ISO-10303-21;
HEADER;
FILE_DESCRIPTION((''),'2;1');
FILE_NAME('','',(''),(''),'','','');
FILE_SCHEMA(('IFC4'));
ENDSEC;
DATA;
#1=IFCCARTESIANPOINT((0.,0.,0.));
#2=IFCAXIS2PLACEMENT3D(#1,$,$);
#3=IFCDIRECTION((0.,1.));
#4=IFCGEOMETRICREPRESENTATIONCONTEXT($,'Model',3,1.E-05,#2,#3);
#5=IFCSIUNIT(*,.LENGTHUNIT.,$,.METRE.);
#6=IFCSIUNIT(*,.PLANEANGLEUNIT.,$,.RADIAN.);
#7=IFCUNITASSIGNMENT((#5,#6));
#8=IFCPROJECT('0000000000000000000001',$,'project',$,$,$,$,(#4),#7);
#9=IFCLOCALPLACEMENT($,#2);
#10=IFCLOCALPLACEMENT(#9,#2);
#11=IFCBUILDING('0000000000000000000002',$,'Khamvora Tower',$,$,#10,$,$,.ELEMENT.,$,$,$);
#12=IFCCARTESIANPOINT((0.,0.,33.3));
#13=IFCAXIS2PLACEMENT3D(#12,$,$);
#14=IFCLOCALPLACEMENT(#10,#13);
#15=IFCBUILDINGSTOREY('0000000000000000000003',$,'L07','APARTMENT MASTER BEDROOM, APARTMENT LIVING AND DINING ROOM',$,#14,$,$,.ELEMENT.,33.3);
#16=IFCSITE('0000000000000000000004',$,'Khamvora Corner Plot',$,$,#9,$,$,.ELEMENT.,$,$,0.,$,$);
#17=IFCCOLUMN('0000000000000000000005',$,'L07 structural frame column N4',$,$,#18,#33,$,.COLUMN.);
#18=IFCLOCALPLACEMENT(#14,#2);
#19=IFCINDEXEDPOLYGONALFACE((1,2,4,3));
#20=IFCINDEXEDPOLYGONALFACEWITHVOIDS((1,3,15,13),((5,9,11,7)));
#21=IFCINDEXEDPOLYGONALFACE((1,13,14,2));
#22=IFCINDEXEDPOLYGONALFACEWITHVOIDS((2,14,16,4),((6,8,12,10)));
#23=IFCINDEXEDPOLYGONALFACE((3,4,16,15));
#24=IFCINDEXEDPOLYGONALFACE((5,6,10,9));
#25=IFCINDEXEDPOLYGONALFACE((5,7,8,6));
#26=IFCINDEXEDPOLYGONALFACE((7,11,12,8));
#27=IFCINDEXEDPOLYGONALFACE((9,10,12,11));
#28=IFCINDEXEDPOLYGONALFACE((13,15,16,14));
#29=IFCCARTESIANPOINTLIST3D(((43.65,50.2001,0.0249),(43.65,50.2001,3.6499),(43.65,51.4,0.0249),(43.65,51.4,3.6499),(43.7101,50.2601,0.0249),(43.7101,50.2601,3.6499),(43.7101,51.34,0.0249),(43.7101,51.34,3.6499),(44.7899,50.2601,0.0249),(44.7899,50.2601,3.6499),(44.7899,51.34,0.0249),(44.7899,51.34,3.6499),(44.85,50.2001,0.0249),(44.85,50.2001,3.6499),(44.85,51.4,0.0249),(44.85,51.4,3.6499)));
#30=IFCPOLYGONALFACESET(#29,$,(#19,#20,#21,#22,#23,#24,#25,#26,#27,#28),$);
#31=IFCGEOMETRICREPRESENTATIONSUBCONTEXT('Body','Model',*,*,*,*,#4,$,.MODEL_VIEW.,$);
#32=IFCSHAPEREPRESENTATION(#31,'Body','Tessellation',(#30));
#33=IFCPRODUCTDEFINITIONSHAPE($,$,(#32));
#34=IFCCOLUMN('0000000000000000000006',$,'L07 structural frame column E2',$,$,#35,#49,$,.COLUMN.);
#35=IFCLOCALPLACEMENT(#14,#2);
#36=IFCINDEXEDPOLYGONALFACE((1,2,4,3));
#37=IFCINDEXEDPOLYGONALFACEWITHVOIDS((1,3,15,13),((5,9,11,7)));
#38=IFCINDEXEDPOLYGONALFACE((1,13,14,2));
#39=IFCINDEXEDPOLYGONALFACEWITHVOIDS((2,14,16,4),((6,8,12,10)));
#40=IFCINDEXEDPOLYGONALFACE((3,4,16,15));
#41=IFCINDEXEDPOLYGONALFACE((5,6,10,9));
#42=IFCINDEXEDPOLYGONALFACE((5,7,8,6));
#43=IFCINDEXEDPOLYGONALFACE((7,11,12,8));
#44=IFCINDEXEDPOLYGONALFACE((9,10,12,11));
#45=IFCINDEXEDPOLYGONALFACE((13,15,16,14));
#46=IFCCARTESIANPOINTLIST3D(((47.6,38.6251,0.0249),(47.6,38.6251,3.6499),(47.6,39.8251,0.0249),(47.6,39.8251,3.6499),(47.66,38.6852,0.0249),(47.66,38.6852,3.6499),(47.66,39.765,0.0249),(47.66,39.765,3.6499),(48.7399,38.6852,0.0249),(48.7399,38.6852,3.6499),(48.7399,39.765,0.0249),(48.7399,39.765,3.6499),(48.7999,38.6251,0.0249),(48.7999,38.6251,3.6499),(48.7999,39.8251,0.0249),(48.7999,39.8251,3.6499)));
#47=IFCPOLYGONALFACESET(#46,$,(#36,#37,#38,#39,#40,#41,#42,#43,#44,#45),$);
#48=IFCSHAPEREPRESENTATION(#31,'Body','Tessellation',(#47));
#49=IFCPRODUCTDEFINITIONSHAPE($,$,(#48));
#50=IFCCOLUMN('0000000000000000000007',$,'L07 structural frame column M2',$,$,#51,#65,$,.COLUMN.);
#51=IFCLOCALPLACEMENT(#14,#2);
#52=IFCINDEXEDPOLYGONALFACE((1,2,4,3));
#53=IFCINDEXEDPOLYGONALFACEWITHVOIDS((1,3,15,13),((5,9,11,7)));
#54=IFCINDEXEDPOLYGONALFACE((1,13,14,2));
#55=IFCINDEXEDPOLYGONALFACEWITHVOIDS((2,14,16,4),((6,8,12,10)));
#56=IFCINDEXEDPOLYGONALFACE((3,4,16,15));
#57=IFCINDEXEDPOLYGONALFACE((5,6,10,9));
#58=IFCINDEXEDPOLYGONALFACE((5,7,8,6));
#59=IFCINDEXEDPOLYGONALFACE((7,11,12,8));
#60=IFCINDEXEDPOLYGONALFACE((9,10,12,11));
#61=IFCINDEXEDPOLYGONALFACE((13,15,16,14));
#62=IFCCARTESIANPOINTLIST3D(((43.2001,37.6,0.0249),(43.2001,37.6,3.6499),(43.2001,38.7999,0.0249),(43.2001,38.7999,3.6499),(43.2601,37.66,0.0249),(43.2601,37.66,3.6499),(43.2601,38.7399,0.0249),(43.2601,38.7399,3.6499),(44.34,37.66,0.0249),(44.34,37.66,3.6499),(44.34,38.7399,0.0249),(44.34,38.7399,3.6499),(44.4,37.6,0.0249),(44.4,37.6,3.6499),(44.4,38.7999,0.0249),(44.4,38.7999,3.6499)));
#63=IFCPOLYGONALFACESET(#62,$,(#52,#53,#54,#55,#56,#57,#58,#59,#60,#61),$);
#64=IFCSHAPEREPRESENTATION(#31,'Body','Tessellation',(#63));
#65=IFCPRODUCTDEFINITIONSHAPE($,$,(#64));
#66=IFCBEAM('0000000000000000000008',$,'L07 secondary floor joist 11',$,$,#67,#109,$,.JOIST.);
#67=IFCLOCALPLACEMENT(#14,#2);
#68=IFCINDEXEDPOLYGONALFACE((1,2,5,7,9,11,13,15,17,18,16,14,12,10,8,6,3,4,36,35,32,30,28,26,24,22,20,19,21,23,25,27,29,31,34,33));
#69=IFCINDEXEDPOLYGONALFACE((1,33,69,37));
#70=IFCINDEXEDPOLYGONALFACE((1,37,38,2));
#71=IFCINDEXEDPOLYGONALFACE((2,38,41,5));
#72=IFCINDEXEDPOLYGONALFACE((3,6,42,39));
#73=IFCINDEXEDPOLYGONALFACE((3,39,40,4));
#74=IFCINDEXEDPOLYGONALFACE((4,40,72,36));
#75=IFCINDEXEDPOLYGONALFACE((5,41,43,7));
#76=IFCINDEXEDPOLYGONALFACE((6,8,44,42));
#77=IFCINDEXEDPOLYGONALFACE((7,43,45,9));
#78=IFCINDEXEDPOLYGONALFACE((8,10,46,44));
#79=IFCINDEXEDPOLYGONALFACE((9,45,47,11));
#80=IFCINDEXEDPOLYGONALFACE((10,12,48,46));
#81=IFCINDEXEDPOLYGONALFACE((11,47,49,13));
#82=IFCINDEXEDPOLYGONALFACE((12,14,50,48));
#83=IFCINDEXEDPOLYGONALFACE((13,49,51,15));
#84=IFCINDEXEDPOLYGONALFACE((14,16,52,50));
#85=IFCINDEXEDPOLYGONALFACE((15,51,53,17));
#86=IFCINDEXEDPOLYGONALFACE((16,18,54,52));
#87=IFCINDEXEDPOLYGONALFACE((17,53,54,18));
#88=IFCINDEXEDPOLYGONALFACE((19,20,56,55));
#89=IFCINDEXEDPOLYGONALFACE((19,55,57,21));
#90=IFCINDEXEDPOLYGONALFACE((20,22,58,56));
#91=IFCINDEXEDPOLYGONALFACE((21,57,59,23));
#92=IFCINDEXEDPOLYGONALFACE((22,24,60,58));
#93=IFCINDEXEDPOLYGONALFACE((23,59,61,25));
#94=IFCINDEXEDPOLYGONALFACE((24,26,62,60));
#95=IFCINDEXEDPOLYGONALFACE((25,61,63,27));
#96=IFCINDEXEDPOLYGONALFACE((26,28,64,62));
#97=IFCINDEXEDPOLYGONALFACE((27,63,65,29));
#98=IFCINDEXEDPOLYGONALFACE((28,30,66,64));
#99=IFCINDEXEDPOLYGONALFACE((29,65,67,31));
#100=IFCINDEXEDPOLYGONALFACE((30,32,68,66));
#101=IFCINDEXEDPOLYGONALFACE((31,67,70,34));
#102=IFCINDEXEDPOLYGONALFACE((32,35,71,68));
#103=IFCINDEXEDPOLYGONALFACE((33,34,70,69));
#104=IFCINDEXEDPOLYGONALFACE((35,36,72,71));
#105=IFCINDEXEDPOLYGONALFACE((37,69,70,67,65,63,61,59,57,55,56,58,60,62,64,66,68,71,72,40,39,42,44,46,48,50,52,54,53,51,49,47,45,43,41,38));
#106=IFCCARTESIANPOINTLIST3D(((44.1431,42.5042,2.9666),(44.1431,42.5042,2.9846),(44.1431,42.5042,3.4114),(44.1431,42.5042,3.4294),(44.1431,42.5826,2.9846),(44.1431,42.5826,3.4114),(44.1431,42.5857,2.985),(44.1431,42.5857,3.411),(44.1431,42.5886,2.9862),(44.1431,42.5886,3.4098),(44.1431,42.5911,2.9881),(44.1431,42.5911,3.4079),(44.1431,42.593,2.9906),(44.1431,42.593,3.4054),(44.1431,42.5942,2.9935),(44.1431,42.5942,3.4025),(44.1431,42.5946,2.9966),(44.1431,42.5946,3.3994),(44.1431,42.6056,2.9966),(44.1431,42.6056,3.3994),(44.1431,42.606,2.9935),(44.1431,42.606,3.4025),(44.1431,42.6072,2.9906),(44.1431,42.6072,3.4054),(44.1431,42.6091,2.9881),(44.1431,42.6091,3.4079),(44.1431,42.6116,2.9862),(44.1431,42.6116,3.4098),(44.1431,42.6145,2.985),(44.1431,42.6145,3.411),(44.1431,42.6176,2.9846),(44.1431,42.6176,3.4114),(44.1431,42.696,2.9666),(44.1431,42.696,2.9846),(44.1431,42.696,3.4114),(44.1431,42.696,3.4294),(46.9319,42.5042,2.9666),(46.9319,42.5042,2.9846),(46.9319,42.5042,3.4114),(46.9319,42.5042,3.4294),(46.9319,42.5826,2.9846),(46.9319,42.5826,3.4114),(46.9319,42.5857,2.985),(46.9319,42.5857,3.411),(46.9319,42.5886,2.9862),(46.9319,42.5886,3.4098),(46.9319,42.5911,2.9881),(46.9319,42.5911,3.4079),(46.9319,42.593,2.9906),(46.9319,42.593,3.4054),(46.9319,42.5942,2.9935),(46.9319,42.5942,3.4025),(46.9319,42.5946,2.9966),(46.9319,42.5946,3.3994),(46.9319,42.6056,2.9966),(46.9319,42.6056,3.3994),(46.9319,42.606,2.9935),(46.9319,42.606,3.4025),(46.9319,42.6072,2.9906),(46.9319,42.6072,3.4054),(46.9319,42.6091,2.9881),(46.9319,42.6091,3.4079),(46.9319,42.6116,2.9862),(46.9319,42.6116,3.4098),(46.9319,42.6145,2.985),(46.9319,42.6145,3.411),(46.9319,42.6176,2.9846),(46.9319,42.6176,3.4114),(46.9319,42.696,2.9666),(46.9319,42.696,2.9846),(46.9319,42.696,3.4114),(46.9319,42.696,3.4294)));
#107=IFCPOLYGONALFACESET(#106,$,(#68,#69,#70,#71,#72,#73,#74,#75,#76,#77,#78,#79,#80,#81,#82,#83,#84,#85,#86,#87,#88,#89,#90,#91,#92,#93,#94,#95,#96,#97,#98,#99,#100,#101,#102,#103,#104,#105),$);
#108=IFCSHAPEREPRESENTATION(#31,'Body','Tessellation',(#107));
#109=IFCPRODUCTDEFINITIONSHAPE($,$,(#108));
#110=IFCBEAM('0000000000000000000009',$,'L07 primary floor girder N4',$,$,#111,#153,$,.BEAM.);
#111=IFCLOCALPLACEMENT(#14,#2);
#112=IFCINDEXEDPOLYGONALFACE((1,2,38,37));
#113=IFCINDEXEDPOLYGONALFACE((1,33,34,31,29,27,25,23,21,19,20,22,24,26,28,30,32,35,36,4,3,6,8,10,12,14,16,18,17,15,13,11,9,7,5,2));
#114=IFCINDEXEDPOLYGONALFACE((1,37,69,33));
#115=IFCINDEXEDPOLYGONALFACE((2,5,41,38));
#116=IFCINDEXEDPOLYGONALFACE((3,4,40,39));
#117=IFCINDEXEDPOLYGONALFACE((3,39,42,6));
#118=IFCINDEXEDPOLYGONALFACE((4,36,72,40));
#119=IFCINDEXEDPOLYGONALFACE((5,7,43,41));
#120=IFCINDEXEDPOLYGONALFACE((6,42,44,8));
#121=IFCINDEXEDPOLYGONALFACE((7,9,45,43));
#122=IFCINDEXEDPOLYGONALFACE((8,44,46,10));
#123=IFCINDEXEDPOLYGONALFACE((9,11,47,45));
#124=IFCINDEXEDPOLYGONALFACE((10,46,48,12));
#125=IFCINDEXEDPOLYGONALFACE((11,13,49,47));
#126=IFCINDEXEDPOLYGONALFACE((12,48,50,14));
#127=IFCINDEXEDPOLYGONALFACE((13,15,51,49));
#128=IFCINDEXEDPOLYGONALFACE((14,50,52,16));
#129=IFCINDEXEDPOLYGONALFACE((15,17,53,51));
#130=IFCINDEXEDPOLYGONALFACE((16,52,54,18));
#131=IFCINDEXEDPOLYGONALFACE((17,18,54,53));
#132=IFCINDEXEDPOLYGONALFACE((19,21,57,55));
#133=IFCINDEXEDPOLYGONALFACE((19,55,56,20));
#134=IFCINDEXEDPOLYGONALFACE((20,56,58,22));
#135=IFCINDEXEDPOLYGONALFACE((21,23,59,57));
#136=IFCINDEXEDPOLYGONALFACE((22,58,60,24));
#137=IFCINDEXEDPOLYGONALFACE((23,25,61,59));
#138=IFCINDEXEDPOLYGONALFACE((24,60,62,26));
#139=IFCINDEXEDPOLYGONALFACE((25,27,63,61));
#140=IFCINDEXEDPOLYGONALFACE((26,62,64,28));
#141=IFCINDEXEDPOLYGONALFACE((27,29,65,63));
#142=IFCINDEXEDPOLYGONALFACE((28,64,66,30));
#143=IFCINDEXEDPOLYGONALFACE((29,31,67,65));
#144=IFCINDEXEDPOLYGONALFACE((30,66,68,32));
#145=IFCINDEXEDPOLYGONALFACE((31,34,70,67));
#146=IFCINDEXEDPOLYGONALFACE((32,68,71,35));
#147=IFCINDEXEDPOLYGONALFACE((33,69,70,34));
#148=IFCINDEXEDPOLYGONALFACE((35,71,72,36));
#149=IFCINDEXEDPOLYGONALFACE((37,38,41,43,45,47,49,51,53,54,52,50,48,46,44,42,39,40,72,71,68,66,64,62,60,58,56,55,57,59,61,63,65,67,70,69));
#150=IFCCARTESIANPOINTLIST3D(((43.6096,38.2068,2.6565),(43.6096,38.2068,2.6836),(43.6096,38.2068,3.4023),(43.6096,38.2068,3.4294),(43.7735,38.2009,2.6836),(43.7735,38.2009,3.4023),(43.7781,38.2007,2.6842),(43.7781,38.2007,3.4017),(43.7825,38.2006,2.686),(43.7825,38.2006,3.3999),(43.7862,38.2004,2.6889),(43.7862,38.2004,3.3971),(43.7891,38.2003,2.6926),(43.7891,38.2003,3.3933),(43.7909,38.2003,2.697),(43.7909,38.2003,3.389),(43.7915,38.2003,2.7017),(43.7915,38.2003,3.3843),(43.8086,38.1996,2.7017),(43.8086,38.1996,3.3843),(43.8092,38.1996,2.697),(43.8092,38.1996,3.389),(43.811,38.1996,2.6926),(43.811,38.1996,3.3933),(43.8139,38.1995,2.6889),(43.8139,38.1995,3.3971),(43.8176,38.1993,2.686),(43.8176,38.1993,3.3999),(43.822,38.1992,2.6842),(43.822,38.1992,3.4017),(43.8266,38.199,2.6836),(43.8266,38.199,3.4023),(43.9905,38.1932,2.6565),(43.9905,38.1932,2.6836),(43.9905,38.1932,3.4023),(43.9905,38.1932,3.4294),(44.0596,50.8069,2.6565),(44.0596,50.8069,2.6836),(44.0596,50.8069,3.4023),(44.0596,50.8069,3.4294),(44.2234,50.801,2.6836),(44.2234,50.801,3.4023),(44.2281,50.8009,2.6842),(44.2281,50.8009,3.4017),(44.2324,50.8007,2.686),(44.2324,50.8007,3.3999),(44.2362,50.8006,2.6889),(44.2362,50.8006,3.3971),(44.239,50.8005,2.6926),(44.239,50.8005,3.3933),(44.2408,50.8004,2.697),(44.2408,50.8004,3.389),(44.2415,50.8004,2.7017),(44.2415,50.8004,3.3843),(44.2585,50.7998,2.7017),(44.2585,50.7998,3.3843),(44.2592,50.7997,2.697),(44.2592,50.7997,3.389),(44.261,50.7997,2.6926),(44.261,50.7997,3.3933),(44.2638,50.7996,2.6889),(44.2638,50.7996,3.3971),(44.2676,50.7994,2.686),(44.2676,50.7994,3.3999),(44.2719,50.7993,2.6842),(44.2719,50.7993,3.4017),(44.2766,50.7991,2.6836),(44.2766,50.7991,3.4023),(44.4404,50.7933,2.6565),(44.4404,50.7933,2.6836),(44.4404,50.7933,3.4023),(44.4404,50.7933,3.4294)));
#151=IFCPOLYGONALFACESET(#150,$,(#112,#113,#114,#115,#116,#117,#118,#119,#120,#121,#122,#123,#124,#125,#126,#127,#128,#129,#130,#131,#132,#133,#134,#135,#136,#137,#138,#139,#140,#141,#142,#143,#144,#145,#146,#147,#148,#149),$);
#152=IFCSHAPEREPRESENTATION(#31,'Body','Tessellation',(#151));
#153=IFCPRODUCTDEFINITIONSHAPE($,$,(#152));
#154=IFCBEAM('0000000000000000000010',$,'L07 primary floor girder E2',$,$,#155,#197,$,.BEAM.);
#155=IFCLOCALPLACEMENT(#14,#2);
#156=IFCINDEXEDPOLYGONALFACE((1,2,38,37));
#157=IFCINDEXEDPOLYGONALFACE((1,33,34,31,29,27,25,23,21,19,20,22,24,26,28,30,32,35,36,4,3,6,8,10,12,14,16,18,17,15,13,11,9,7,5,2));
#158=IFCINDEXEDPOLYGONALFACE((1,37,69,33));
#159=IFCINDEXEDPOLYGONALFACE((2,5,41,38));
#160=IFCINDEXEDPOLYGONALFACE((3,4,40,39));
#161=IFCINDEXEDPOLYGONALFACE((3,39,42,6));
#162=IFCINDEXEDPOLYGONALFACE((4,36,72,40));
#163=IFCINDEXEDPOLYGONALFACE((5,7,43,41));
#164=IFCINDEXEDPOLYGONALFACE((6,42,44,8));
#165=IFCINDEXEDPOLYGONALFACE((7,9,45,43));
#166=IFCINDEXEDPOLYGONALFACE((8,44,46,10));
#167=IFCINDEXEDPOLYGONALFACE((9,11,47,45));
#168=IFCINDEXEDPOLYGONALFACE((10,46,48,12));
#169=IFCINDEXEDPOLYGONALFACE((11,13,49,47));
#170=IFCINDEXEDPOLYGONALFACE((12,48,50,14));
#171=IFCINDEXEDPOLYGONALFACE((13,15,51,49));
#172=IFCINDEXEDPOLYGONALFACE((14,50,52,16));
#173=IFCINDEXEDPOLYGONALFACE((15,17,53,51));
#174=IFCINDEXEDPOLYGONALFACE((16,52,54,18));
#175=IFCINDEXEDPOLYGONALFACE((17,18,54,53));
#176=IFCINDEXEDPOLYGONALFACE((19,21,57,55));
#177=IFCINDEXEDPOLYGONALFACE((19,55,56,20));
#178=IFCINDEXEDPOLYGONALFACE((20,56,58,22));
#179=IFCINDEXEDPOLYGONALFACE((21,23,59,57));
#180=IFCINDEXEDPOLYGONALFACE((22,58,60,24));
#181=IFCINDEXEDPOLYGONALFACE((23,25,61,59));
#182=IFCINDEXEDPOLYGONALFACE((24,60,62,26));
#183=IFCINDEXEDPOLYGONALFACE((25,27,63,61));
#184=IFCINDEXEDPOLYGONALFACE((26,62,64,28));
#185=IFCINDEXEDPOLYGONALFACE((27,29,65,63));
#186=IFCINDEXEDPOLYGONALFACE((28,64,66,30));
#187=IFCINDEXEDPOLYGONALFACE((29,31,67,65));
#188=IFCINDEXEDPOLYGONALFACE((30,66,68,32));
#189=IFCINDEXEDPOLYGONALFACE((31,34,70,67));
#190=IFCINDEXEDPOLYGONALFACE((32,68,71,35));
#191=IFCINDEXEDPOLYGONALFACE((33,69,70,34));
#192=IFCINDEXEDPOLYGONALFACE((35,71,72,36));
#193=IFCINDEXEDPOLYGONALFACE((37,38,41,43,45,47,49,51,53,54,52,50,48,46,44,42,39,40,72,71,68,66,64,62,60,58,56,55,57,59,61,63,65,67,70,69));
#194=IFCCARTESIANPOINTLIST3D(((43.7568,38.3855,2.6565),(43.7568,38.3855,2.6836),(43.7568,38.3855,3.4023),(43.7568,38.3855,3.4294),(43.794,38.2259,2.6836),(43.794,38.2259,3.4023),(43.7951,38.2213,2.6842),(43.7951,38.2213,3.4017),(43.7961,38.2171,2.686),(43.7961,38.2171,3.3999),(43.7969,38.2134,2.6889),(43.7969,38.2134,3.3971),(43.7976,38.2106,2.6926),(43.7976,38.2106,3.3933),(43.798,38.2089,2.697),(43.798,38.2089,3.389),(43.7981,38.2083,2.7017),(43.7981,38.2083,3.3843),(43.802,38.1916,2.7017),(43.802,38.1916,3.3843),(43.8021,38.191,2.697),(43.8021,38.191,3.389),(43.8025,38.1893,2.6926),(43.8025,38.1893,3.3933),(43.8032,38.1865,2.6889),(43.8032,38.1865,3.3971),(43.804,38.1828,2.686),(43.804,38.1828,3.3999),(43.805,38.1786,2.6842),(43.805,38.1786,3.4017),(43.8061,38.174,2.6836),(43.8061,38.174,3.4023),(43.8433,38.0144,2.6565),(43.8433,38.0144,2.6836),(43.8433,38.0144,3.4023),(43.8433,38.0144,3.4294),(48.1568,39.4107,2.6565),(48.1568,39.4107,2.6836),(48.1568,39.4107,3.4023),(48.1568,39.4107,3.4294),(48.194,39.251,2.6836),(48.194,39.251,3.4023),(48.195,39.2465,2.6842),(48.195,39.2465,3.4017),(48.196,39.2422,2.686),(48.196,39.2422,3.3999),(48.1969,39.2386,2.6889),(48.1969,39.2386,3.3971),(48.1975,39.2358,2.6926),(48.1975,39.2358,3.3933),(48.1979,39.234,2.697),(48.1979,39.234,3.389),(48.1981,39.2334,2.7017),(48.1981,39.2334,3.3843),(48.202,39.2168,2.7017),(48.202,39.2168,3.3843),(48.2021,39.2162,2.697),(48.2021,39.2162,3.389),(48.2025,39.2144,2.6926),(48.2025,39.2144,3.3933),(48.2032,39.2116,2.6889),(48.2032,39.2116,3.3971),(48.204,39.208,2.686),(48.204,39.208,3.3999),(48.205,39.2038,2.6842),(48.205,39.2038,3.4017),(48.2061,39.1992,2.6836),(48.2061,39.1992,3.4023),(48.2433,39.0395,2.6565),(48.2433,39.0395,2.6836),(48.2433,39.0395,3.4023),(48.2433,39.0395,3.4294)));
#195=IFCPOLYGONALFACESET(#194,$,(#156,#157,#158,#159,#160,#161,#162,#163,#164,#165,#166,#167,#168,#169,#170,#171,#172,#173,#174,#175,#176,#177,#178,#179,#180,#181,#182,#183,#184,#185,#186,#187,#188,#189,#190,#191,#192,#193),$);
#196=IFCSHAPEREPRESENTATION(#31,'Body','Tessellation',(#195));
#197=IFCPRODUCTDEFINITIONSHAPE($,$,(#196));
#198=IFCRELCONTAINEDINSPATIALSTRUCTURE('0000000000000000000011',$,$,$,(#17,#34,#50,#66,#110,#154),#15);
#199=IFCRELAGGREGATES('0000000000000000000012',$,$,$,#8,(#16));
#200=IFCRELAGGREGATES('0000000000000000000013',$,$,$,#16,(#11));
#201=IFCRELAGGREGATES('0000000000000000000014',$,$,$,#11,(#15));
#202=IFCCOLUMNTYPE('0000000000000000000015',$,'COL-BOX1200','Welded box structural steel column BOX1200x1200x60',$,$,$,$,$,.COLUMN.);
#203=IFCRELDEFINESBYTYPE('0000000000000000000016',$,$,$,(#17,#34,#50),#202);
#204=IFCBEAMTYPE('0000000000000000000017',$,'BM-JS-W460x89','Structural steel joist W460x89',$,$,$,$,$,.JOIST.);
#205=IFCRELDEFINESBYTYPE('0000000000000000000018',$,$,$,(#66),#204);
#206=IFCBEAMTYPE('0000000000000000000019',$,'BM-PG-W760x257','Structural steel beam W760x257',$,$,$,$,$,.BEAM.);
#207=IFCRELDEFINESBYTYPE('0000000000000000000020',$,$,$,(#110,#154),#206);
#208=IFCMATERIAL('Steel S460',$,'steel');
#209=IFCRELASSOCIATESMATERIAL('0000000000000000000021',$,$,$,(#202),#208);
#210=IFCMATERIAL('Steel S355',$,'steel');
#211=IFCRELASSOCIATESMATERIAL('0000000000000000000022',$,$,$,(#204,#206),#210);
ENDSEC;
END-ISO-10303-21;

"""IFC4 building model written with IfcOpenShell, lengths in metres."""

from ifc_helpers import new_model, si_unit, direction, frame, origin, origin_2d, place, context, subcontext, project, spatial, hollow_rectangle, i_section, extrude, material, material_profile, profile_set, type_object, element, save


model = new_model("IFC4")

# Units and contexts
model_context = context("Model", 3, precision=1e-05, world=origin(), true_north=direction((0.0, 1.0)))
body_context = subcontext(model_context, "Body", "Model", "MODEL_VIEW")
ifc_project = project(units=[si_unit("LENGTHUNIT", "METRE"), si_unit("PLANEANGLEUNIT", "RADIAN")], contexts=[model_context])

# Site, building, storey
site_placement = place(None, origin())
site = spatial("IfcSite", under=ifc_project, at=site_placement, Name="Khamvora Corner Plot", CompositionType="ELEMENT", RefElevation=0.0)
building_placement = place(site_placement, origin())
building = spatial("IfcBuilding", under=site, at=building_placement, Name="Khamvora Tower", CompositionType="ELEMENT")
storey_placement = place(building_placement, frame((0.0, 0.0, 33.3)))
storey = spatial("IfcBuildingStorey", under=building, at=storey_placement, Name="L07", Description="APARTMENT MASTER BEDROOM, APARTMENT LIVING AND DINING ROOM", CompositionType="ELEMENT", Elevation=33.3)

# Columns
ifc_material_1 = material(Name="Steel S460", Category="steel")
ifc_material_profile_1 = material_profile(ifc_material_1, hollow_rectangle(XDim=1.2, YDim=1.2, WallThickness=0.0601, at=origin_2d()), Name="BOX1200x1200x60")
ifc_profile_set_1 = profile_set([ifc_material_profile_1], Name="Steel S460")
column_type = type_object("IfcColumnType", Name="COL-BOX1200", Description="Welded box structural steel column BOX1200x1200x60", PredefinedType="COLUMN", material=ifc_profile_set_1)
for number, where, z_axis, x_axis, name in (
    (1, (44.25, 50.8, 0.0249), (0.0, 0.0, 1.0), (1.0, 0.0, 0.0), "L07 structural frame column N4"),
    (2, (48.2, 39.2251, 0.0249), (0.0, 0.0, 1.0), (1.0, 0.0, 0.0), "L07 structural frame column E2"),
    (3, (43.8, 38.2, 0.0249), (0.0, 0.0, 1.0), (1.0, 0.0, 0.0), "L07 structural frame column M2"),
):
    element("IfcColumn", number, at=place(storey_placement, frame(where, z_axis=z_axis, x_axis=x_axis)), inside=storey, type_object=column_type, Name=name, PredefinedType="COLUMN", context=body_context, shape_type="SweptSolid", body=[
        extrude(hollow_rectangle(XDim=1.2, YDim=1.2, WallThickness=0.0601, at=origin_2d()), origin(), (0.0, 0.0, 1.0), 3.625),
    ])

# Beams
ifc_material_2 = material(Name="Steel S355", Category="steel")
ifc_material_profile_2 = material_profile(ifc_material_2, i_section(OverallWidth=0.1919, OverallDepth=0.4629, WebThickness=0.011, FlangeThickness=0.0181, FilletRadius=0.012, at=origin_2d()), Name="W460x89")
ifc_profile_set_2 = profile_set([ifc_material_profile_2], Name="Steel S355")
beam_type_1 = type_object("IfcBeamType", Name="BM-JS-W460x89", Description="Structural steel joist W460x89", PredefinedType="JOIST", material=ifc_profile_set_2)
beam_1_placement = place(storey_placement, frame((44.1431, 42.6001, 3.198), z_axis=(1.0, 0.0, 0.0), x_axis=(0.0, 1.0, 0.0)))
element("IfcBeam", 4, at=beam_1_placement, inside=storey, type_object=beam_type_1, Name="L07 secondary floor joist 11", PredefinedType="JOIST", context=body_context, shape_type="SweptSolid", body=[
    extrude(i_section(OverallWidth=0.1919, OverallDepth=0.4629, WebThickness=0.011, FlangeThickness=0.0181, FilletRadius=0.012, at=origin_2d()), origin(), (0.0, 0.0, 1.0), 2.7888),
])
ifc_material_profile_3 = material_profile(ifc_material_2, i_section(OverallWidth=0.3811, OverallDepth=0.7729, WebThickness=0.0171, FlangeThickness=0.0271, FilletRadius=0.0181, at=origin_2d()), Name="W760x257")
ifc_profile_set_3 = profile_set([ifc_material_profile_3], Name="Steel S355")
beam_type_2 = type_object("IfcBeamType", Name="BM-PG-W760x257", Description="Structural steel beam W760x257", PredefinedType="BEAM", material=ifc_profile_set_3)
beam_2_placement = place(storey_placement, frame((43.8, 38.2, 3.043), z_axis=(0.035687, 0.999363, 0.0), x_axis=(-0.999363, 0.035687, 0.0)))
element("IfcBeam", 5, at=beam_2_placement, inside=storey, type_object=beam_type_2, Name="L07 primary floor girder N4", PredefinedType="BEAM", context=body_context, shape_type="SweptSolid", body=[
    extrude(i_section(OverallWidth=0.3811, OverallDepth=0.7729, WebThickness=0.0171, FlangeThickness=0.0271, FilletRadius=0.0181, at=origin_2d()), origin(), (0.0, 0.0, 1.0), 12.6082),
])
beam_3_placement = place(storey_placement, frame((43.8, 38.2, 3.043), z_axis=(0.973915, 0.226915, 0.0), x_axis=(-0.226915, 0.973915, 0.0)))
element("IfcBeam", 6, at=beam_3_placement, inside=storey, type_object=beam_type_2, Name="L07 primary floor girder E2", PredefinedType="BEAM", context=body_context, shape_type="SweptSolid", body=[
    extrude(i_section(OverallWidth=0.3811, OverallDepth=0.7729, WebThickness=0.0171, FlangeThickness=0.0271, FilletRadius=0.0181, at=origin_2d()), origin(), (0.0, 0.0, 1.0), 4.5178),
])

save(model, "model.ifc")
